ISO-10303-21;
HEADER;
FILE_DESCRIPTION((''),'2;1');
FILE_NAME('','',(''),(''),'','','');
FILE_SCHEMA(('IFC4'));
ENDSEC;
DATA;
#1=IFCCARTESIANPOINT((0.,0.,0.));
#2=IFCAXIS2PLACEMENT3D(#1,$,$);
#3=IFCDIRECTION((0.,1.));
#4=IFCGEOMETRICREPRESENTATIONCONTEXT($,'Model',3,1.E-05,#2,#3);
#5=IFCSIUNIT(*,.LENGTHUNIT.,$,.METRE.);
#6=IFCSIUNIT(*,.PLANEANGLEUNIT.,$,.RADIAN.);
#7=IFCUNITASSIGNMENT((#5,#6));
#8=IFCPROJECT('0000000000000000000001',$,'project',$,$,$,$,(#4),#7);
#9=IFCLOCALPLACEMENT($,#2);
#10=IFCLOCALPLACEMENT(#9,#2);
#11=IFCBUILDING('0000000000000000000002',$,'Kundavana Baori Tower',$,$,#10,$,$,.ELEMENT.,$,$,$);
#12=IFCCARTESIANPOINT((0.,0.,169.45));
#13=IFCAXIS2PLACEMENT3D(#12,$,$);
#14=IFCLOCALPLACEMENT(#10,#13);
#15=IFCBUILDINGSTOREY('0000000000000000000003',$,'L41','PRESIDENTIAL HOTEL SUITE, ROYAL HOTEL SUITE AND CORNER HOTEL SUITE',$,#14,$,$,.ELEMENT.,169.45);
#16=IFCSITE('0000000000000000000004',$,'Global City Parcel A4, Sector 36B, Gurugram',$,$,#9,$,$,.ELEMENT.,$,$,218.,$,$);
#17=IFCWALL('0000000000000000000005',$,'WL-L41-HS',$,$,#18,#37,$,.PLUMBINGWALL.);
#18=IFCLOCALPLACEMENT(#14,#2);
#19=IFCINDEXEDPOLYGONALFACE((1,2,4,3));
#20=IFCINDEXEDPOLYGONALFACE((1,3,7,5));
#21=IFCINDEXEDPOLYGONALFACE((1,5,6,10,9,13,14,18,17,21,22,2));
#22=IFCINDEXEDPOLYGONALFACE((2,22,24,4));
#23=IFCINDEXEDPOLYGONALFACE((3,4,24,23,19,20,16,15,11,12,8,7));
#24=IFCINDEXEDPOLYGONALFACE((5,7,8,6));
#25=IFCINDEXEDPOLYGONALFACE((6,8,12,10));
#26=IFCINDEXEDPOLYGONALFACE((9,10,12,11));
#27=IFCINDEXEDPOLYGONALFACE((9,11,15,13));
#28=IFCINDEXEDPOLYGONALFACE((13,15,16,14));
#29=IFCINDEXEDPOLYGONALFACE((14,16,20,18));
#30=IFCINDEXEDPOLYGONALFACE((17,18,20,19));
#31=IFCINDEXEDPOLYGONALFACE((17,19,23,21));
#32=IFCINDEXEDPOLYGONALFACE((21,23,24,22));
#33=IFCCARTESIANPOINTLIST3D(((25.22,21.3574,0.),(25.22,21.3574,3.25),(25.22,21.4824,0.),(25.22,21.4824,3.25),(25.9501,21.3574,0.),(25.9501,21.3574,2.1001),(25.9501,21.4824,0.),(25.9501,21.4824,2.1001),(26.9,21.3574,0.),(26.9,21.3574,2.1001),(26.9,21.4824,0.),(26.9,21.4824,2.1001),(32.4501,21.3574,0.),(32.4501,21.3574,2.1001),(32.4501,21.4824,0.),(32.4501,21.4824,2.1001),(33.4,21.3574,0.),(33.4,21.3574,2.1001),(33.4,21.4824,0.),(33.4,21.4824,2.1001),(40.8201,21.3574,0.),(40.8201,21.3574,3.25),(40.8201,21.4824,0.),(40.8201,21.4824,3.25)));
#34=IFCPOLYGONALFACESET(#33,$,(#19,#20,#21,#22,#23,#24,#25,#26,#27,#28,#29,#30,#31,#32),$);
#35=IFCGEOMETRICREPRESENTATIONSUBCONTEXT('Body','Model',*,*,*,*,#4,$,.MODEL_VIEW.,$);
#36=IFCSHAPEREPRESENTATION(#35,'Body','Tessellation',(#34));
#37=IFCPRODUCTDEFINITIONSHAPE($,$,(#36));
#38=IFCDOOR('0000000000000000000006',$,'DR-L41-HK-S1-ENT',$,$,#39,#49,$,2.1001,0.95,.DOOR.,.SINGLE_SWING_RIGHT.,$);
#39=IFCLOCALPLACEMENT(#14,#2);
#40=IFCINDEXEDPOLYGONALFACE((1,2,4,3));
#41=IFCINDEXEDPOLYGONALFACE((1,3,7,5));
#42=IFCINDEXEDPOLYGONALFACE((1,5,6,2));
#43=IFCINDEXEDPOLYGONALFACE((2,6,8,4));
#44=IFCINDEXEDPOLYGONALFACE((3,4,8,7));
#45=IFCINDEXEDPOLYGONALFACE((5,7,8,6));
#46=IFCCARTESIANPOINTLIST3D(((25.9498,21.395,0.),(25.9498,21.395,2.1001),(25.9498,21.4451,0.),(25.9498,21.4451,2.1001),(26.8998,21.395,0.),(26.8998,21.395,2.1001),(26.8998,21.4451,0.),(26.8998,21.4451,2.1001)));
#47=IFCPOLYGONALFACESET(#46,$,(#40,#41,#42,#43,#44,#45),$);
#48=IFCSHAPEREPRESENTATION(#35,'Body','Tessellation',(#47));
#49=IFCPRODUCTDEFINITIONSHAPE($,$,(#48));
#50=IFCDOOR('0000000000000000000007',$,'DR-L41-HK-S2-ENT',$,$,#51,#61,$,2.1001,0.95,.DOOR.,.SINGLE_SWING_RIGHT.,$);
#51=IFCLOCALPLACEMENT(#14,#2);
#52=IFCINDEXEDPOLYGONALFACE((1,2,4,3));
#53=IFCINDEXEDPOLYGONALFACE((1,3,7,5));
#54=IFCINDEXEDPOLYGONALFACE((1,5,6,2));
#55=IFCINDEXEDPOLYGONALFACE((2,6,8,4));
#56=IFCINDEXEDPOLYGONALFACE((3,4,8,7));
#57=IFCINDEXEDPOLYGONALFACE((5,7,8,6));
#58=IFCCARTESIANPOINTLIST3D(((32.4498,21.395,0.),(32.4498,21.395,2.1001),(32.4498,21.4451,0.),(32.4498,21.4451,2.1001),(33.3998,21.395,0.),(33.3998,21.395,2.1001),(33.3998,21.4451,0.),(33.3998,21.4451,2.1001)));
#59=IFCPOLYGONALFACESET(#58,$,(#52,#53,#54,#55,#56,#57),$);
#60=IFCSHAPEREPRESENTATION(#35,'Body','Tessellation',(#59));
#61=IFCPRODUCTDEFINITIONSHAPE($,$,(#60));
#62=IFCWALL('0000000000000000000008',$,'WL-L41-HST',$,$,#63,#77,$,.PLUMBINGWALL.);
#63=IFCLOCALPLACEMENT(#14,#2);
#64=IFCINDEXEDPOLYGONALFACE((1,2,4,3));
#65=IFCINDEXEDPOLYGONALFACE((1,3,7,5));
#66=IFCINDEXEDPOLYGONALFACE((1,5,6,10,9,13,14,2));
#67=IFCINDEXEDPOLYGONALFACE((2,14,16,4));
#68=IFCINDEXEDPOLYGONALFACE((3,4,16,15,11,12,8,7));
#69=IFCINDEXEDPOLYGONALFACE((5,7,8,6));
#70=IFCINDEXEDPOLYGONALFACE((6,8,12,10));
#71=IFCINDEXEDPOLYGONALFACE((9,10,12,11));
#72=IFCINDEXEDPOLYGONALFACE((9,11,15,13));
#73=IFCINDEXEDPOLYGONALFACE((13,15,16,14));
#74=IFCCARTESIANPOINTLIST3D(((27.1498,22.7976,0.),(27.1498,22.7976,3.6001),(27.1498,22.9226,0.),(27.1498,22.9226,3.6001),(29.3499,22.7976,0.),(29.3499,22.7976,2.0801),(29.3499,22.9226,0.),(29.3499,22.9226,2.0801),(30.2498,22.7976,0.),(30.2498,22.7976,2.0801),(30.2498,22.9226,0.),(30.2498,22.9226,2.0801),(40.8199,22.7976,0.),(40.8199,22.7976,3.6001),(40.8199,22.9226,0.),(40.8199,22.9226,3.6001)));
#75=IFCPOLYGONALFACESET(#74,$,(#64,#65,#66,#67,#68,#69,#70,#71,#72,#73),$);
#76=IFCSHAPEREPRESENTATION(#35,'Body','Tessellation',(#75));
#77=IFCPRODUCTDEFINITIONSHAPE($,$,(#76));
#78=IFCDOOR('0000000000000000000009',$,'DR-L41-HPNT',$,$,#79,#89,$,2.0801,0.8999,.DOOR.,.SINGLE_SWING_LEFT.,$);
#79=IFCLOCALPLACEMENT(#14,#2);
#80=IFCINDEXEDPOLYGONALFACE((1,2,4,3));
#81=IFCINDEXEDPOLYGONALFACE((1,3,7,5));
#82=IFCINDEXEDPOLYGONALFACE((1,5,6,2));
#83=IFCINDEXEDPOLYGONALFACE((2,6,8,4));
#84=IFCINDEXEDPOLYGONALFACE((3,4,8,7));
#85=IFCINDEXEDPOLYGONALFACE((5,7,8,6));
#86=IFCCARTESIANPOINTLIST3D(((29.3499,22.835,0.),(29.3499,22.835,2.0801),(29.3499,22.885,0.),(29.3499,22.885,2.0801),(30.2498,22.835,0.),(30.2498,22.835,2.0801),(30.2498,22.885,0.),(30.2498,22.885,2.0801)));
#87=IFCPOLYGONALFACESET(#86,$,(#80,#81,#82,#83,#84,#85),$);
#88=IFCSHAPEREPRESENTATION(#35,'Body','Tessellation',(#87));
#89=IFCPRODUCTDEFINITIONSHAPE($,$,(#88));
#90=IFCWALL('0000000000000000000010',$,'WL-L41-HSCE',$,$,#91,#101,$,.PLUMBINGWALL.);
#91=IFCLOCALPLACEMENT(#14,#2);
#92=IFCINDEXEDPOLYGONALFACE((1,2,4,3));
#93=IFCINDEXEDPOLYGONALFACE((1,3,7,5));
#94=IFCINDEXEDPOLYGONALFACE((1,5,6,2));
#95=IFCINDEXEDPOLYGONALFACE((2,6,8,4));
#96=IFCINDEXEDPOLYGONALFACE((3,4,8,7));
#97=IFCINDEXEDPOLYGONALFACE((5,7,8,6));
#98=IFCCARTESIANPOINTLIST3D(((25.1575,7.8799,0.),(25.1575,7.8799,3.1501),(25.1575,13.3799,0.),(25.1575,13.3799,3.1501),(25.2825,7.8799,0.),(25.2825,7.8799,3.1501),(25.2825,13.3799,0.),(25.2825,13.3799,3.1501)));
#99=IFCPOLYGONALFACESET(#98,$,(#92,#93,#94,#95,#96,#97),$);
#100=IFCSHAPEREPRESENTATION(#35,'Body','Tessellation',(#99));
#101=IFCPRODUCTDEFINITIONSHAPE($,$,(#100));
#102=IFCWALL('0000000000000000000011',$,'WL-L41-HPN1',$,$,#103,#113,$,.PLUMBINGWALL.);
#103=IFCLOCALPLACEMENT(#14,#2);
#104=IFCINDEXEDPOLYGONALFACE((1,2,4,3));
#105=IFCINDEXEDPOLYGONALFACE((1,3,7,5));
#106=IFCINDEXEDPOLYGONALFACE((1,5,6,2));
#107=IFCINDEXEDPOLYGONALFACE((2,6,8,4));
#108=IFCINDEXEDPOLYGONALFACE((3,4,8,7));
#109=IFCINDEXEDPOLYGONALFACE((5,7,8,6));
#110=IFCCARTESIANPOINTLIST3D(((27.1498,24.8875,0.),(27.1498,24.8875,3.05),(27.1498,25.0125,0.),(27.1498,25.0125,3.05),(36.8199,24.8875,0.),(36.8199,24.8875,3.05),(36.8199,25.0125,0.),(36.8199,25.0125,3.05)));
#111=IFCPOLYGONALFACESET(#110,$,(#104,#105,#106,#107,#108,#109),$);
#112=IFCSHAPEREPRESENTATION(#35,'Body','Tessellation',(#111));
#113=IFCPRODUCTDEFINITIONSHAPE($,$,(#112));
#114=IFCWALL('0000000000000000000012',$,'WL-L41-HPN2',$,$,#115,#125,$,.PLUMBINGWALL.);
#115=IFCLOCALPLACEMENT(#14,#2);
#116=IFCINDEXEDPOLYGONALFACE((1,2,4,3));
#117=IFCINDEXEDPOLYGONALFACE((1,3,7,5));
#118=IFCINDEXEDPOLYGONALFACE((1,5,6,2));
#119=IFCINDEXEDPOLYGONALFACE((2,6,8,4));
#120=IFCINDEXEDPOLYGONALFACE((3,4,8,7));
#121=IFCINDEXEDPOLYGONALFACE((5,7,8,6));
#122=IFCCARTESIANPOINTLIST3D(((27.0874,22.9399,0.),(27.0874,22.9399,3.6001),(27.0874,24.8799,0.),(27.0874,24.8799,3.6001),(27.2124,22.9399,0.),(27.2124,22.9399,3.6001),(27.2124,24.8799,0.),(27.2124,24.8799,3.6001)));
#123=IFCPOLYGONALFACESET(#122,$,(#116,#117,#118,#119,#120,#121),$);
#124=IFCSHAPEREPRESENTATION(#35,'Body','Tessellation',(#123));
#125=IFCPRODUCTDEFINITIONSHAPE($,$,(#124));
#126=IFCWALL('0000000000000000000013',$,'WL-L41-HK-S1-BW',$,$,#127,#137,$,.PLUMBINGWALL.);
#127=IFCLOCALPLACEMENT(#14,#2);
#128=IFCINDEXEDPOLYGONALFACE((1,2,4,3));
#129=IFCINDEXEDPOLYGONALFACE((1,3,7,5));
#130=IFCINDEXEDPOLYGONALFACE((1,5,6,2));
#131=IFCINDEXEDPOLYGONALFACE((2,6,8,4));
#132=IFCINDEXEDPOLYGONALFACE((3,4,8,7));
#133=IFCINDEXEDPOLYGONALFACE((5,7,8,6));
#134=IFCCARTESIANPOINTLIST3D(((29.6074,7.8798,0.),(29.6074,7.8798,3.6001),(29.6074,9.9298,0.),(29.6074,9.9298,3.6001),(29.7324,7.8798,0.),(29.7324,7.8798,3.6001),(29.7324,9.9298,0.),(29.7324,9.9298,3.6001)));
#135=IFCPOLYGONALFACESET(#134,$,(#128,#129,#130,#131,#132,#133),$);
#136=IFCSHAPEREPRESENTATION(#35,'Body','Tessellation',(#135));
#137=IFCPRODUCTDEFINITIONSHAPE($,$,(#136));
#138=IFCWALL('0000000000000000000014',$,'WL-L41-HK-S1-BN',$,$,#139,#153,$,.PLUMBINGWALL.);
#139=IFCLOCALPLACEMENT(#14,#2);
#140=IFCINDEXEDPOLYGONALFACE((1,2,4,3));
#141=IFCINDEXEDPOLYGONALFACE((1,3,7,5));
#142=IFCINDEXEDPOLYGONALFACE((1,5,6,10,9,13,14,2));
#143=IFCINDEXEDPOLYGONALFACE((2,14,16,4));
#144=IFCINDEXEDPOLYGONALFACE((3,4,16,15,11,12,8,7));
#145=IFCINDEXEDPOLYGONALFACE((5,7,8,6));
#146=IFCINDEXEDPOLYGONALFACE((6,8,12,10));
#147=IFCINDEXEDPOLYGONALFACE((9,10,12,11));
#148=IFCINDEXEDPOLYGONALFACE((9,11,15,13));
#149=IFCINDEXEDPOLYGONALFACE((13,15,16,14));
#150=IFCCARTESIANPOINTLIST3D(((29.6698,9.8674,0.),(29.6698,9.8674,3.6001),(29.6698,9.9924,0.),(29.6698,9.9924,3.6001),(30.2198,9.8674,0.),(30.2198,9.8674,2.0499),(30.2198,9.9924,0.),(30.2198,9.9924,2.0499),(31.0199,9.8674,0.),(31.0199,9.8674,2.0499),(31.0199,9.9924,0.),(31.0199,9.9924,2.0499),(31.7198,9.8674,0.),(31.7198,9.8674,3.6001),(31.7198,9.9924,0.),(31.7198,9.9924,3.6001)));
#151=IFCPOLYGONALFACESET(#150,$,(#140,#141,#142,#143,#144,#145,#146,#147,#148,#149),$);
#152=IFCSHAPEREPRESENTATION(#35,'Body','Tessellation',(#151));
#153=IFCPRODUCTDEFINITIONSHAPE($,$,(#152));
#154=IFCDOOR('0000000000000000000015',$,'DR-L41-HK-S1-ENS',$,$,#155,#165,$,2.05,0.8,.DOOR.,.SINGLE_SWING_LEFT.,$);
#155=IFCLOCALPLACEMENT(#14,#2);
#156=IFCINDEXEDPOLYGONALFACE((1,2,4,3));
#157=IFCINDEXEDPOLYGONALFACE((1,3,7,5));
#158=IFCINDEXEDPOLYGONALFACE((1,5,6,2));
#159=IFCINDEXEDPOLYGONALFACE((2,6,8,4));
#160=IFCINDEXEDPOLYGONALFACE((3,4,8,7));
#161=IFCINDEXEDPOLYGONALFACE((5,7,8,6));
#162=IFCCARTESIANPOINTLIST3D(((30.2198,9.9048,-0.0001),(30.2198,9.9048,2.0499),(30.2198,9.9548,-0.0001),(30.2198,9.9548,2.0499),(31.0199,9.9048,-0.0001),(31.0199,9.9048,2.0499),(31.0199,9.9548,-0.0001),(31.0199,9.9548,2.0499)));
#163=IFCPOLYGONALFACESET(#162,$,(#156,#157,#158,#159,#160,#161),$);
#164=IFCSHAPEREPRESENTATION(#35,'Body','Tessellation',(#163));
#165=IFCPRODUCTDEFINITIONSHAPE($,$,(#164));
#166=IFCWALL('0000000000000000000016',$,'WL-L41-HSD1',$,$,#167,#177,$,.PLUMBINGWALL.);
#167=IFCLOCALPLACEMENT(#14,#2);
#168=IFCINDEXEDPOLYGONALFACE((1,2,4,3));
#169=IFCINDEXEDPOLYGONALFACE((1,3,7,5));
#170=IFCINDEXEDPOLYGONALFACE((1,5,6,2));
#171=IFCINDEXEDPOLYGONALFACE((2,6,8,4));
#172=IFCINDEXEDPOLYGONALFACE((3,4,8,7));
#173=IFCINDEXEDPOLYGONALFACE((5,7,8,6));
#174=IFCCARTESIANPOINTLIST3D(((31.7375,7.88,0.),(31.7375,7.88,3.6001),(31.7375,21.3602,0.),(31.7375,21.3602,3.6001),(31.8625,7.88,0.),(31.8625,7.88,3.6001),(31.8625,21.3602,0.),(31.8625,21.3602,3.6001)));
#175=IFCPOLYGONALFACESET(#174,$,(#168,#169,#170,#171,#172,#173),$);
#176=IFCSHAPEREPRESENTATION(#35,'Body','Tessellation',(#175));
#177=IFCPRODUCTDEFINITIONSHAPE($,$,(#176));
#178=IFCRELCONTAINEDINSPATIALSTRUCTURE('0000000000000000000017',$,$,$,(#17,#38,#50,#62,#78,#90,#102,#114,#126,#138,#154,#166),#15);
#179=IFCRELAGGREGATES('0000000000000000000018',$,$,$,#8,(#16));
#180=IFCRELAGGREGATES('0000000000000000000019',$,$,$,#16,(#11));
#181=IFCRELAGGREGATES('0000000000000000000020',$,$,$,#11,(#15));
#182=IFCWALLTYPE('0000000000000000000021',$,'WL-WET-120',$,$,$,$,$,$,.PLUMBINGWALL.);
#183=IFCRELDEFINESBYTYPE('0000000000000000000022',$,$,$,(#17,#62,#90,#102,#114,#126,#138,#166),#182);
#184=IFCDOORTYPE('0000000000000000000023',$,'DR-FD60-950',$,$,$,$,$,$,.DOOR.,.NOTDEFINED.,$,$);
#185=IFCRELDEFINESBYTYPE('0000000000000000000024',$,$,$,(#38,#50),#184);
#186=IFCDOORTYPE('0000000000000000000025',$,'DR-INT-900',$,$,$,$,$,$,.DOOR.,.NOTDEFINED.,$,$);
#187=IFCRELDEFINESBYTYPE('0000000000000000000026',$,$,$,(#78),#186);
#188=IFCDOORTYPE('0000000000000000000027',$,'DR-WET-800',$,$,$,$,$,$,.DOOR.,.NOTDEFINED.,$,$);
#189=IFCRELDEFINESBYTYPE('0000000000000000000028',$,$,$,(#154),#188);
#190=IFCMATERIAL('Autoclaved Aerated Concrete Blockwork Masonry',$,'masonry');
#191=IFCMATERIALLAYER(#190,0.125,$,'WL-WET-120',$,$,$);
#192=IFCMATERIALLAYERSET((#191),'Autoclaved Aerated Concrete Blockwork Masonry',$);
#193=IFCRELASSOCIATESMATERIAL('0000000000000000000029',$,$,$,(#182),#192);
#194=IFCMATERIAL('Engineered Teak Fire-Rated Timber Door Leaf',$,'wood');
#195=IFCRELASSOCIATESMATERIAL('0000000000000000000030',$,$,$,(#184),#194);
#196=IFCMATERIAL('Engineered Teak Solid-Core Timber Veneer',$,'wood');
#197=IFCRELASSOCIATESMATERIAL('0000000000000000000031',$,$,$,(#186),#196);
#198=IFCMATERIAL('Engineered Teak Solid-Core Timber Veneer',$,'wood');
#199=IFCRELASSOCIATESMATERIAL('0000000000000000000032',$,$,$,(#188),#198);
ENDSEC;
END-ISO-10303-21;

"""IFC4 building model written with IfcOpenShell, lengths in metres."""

from ifc_helpers import new_model, si_unit, direction, frame, frame_2d, origin, place, context, subcontext, project, spatial, rectangle, extrude, material, layer, layer_set, type_object, element, fill, save


model = new_model("IFC4")

# Units and contexts
model_context = context("Model", 3, precision=1e-05, world=origin(), true_north=direction((0.0, 1.0)))
body_context = subcontext(model_context, "Body", "Model", "MODEL_VIEW")
ifc_project = project(units=[si_unit("LENGTHUNIT", "METRE"), si_unit("PLANEANGLEUNIT", "RADIAN")], contexts=[model_context])

# Site, building, storey
site_placement = place(None, origin())
site = spatial("IfcSite", under=ifc_project, at=site_placement, Name="Global City Parcel A4, Sector 36B, Gurugram", CompositionType="ELEMENT", RefElevation=218.0)
building_placement = place(site_placement, origin())
building = spatial("IfcBuilding", under=site, at=building_placement, Name="Kundavana Baori Tower", CompositionType="ELEMENT")
storey_placement = place(building_placement, frame((0.0, 0.0, 169.45)))
storey = spatial("IfcBuildingStorey", under=building, at=storey_placement, Name="L41", Description="PRESIDENTIAL HOTEL SUITE, ROYAL HOTEL SUITE AND CORNER HOTEL SUITE", CompositionType="ELEMENT", Elevation=169.45)

# Wall, openings, doors
ifc_material_1 = material(Name="Autoclaved Aerated Concrete Blockwork Masonry", Category="masonry")
ifc_layer = layer(ifc_material_1, 0.125, Name="WL-WET-120")
ifc_layer_set = layer_set([ifc_layer], Name="Autoclaved Aerated Concrete Blockwork Masonry")
wall_type = type_object("IfcWallType", Name="WL-WET-120", PredefinedType="PLUMBINGWALL", material=ifc_layer_set)
wall_1_placement = place(storey_placement, frame((25.22, 21.4199, 0.0), z_axis=(0.0, 0.0, 1.0), x_axis=(1.0, 0.0, 0.0)))
wall_1 = element("IfcWall", 1, at=wall_1_placement, inside=storey, type_object=wall_type, Name="WL-L41-HS", PredefinedType="PLUMBINGWALL", context=body_context, shape_type="SweptSolid", body=[
    extrude(rectangle(XDim=15.6001, YDim=0.125, at=frame_2d((7.8, 0.0))), origin(), (0.0, 0.0, 1.0), 3.25),
])
opening_1_placement = place(wall_1_placement, frame((0.73, 0.0, 0.0)))
opening_1 = element("IfcOpeningElement", 2, at=opening_1_placement, cuts=wall_1, PredefinedType="OPENING", context=body_context, shape_type="SweptSolid", body=[
    extrude(rectangle(XDim=0.95, YDim=2.1001, at=frame_2d((0.4751, 1.05))), frame((0.0, 0.0725, 0.0), z_axis=(0.0, -1.0, 0.0), x_axis=(1.0, 0.0, 0.0)), (0.0, 0.0, 1.0), 0.145),
])
opening_2_placement = place(wall_1_placement, frame((7.23, 0.0, 0.0)))
opening_2 = element("IfcOpeningElement", 3, at=opening_2_placement, cuts=wall_1, PredefinedType="OPENING", context=body_context, shape_type="SweptSolid", body=[
    extrude(rectangle(XDim=0.95, YDim=2.1001, at=frame_2d((0.4751, 1.05))), frame((0.0, 0.0725, 0.0), z_axis=(0.0, -1.0, 0.0), x_axis=(1.0, 0.0, 0.0)), (0.0, 0.0, 1.0), 0.145),
])
ifc_material_2 = material(Name="Engineered Teak Fire-Rated Timber Door Leaf", Category="wood")
door_type_1 = type_object("IfcDoorType", Name="DR-FD60-950", OperationType="NOTDEFINED", PredefinedType="DOOR", material=ifc_material_2)
door_1_placement = place(opening_1_placement, frame((0.95, 0.0, 0.0), z_axis=(0.0, 0.0, 1.0), x_axis=(-1.0, 0.0, 0.0)))
door_1 = element("IfcDoor", 4, at=door_1_placement, inside=storey, type_object=door_type_1, Name="DR-L41-HK-S1-ENT", OperationType="SINGLE_SWING_RIGHT", OverallHeight=2.1001, OverallWidth=0.95, PredefinedType="DOOR", context=body_context, shape_type="SweptSolid", body=[
    extrude(rectangle(XDim=0.95, YDim=2.1001, at=frame_2d((0.4751, 1.05))), frame((0.0, 0.0249, 0.0), z_axis=(0.0, -1.0, 0.0), x_axis=(1.0, 0.0, 0.0)), (0.0, 0.0, 1.0), 0.05),
])
fill(opening_1, door_1)
door_2_placement = place(opening_2_placement, frame((0.95, 0.0, 0.0), z_axis=(0.0, 0.0, 1.0), x_axis=(-1.0, 0.0, 0.0)))
door_2 = element("IfcDoor", 5, at=door_2_placement, inside=storey, type_object=door_type_1, Name="DR-L41-HK-S2-ENT", OperationType="SINGLE_SWING_RIGHT", OverallHeight=2.1001, OverallWidth=0.95, PredefinedType="DOOR", context=body_context, shape_type="SweptSolid", body=[
    extrude(rectangle(XDim=0.95, YDim=2.1001, at=frame_2d((0.4751, 1.05))), frame((0.0, 0.0249, 0.0), z_axis=(0.0, -1.0, 0.0), x_axis=(1.0, 0.0, 0.0)), (0.0, 0.0, 1.0), 0.05),
])
fill(opening_2, door_2)

# Wall, opening, door
wall_2_placement = place(storey_placement, frame((27.1499, 22.8601, 0.0), z_axis=(0.0, 0.0, 1.0), x_axis=(1.0, 0.0, 0.0)))
wall_2 = element("IfcWall", 6, at=wall_2_placement, inside=storey, type_object=wall_type, Name="WL-L41-HST", PredefinedType="PLUMBINGWALL", context=body_context, shape_type="SweptSolid", body=[
    extrude(rectangle(XDim=13.6702, YDim=0.125, at=frame_2d((6.835, 0.0))), origin(), (0.0, 0.0, 1.0), 3.6001),
])
opening_3_placement = place(wall_2_placement, frame((2.2, 0.0, 0.0)))
opening_3 = element("IfcOpeningElement", 7, at=opening_3_placement, cuts=wall_2, PredefinedType="OPENING", context=body_context, shape_type="SweptSolid", body=[
    extrude(rectangle(XDim=0.8999, YDim=2.0801, at=frame_2d((0.45, 1.04))), frame((0.0, 0.0725, 0.0), z_axis=(0.0, -1.0, 0.0), x_axis=(1.0, 0.0, 0.0)), (0.0, 0.0, 1.0), 0.145),
])
ifc_material_3 = material(Name="Engineered Teak Solid-Core Timber Veneer", Category="wood")
door_type_2 = type_object("IfcDoorType", Name="DR-INT-900", OperationType="NOTDEFINED", PredefinedType="DOOR", material=ifc_material_3)
door_3_placement = place(opening_3_placement, origin())
door_3 = element("IfcDoor", 8, at=door_3_placement, inside=storey, type_object=door_type_2, Name="DR-L41-HPNT", OperationType="SINGLE_SWING_LEFT", OverallHeight=2.0801, OverallWidth=0.8999, PredefinedType="DOOR", context=body_context, shape_type="SweptSolid", body=[
    extrude(rectangle(XDim=0.8999, YDim=2.0801, at=frame_2d((0.45, 1.04))), frame((0.0, 0.0249, 0.0), z_axis=(0.0, -1.0, 0.0), x_axis=(1.0, 0.0, 0.0)), (0.0, 0.0, 1.0), 0.05),
])
fill(opening_3, door_3)

# Walls
wall_3_placement = place(storey_placement, frame((25.22, 7.8799, 0.0), z_axis=(0.0, 0.0, 1.0), x_axis=(0.0, 1.0, 0.0)))
element("IfcWall", 9, at=wall_3_placement, inside=storey, type_object=wall_type, Name="WL-L41-HSCE", PredefinedType="PLUMBINGWALL", context=body_context, shape_type="SweptSolid", body=[
    extrude(rectangle(XDim=5.5, YDim=0.125, at=frame_2d((2.75, 0.0))), origin(), (0.0, 0.0, 1.0), 3.1501),
])
wall_4_placement = place(storey_placement, frame((27.1499, 24.95, 0.0), z_axis=(0.0, 0.0, 1.0), x_axis=(1.0, 0.0, 0.0)))
element("IfcWall", 10, at=wall_4_placement, inside=storey, type_object=wall_type, Name="WL-L41-HPN1", PredefinedType="PLUMBINGWALL", context=body_context, shape_type="SweptSolid", body=[
    extrude(rectangle(XDim=9.6702, YDim=0.125, at=frame_2d((4.835, 0.0))), origin(), (0.0, 0.0, 1.0), 3.05),
])
wall_5_placement = place(storey_placement, frame((27.1499, 22.9399, 0.0), z_axis=(0.0, 0.0, 1.0), x_axis=(0.0, 1.0, 0.0)))
element("IfcWall", 11, at=wall_5_placement, inside=storey, type_object=wall_type, Name="WL-L41-HPN2", PredefinedType="PLUMBINGWALL", context=body_context, shape_type="SweptSolid", body=[
    extrude(rectangle(XDim=1.9399, YDim=0.125, at=frame_2d((0.97, 0.0))), origin(), (0.0, 0.0, 1.0), 3.6001),
])
wall_6_placement = place(storey_placement, frame((29.6699, 7.8799, 0.0), z_axis=(0.0, 0.0, 1.0), x_axis=(0.0, 1.0, 0.0)))
element("IfcWall", 12, at=wall_6_placement, inside=storey, type_object=wall_type, Name="WL-L41-HK-S1-BW", PredefinedType="PLUMBINGWALL", context=body_context, shape_type="SweptSolid", body=[
    extrude(rectangle(XDim=2.05, YDim=0.125, at=frame_2d((1.0249, 0.0))), origin(), (0.0, 0.0, 1.0), 3.6001),
])

# Wall, opening, door
wall_7_placement = place(storey_placement, frame((29.6699, 9.9299, 0.0), z_axis=(0.0, 0.0, 1.0), x_axis=(1.0, 0.0, 0.0)))
wall_7 = element("IfcWall", 13, at=wall_7_placement, inside=storey, type_object=wall_type, Name="WL-L41-HK-S1-BN", PredefinedType="PLUMBINGWALL", context=body_context, shape_type="SweptSolid", body=[
    extrude(rectangle(XDim=2.05, YDim=0.125, at=frame_2d((1.0249, 0.0))), origin(), (0.0, 0.0, 1.0), 3.6001),
])
opening_4_placement = place(wall_7_placement, frame((0.55, 0.0, 0.0)))
opening_4 = element("IfcOpeningElement", 14, at=opening_4_placement, cuts=wall_7, PredefinedType="OPENING", context=body_context, shape_type="SweptSolid", body=[
    extrude(rectangle(XDim=0.8, YDim=2.05, at=frame_2d((0.3999, 1.0249))), frame((0.0, 0.0725, 0.0), z_axis=(0.0, -1.0, 0.0), x_axis=(1.0, 0.0, 0.0)), (0.0, 0.0, 1.0), 0.145),
])
ifc_material_4 = material(Name="Engineered Teak Solid-Core Timber Veneer", Category="wood")
door_type_3 = type_object("IfcDoorType", Name="DR-WET-800", OperationType="NOTDEFINED", PredefinedType="DOOR", material=ifc_material_4)
door_4_placement = place(opening_4_placement, origin())
door_4 = element("IfcDoor", 15, at=door_4_placement, inside=storey, type_object=door_type_3, Name="DR-L41-HK-S1-ENS", OperationType="SINGLE_SWING_LEFT", OverallHeight=2.05, OverallWidth=0.8, PredefinedType="DOOR", context=body_context, shape_type="SweptSolid", body=[
    extrude(rectangle(XDim=0.8, YDim=2.05, at=frame_2d((0.3999, 1.0249))), frame((0.0, 0.0249, 0.0), z_axis=(0.0, -1.0, 0.0), x_axis=(1.0, 0.0, 0.0)), (0.0, 0.0, 1.0), 0.05),
])
fill(opening_4, door_4)

# Wall
wall_8_placement = place(storey_placement, frame((31.8, 7.8799, 0.0), z_axis=(0.0, 0.0, 1.0), x_axis=(0.0, 1.0, 0.0)))
element("IfcWall", 16, at=wall_8_placement, inside=storey, type_object=wall_type, Name="WL-L41-HSD1", PredefinedType="PLUMBINGWALL", context=body_context, shape_type="SweptSolid", body=[
    extrude(rectangle(XDim=13.4802, YDim=0.125, at=frame_2d((6.7402, 0.0))), origin(), (0.0, 0.0, 1.0), 3.6001),
])

save(model, "model.ifc")
